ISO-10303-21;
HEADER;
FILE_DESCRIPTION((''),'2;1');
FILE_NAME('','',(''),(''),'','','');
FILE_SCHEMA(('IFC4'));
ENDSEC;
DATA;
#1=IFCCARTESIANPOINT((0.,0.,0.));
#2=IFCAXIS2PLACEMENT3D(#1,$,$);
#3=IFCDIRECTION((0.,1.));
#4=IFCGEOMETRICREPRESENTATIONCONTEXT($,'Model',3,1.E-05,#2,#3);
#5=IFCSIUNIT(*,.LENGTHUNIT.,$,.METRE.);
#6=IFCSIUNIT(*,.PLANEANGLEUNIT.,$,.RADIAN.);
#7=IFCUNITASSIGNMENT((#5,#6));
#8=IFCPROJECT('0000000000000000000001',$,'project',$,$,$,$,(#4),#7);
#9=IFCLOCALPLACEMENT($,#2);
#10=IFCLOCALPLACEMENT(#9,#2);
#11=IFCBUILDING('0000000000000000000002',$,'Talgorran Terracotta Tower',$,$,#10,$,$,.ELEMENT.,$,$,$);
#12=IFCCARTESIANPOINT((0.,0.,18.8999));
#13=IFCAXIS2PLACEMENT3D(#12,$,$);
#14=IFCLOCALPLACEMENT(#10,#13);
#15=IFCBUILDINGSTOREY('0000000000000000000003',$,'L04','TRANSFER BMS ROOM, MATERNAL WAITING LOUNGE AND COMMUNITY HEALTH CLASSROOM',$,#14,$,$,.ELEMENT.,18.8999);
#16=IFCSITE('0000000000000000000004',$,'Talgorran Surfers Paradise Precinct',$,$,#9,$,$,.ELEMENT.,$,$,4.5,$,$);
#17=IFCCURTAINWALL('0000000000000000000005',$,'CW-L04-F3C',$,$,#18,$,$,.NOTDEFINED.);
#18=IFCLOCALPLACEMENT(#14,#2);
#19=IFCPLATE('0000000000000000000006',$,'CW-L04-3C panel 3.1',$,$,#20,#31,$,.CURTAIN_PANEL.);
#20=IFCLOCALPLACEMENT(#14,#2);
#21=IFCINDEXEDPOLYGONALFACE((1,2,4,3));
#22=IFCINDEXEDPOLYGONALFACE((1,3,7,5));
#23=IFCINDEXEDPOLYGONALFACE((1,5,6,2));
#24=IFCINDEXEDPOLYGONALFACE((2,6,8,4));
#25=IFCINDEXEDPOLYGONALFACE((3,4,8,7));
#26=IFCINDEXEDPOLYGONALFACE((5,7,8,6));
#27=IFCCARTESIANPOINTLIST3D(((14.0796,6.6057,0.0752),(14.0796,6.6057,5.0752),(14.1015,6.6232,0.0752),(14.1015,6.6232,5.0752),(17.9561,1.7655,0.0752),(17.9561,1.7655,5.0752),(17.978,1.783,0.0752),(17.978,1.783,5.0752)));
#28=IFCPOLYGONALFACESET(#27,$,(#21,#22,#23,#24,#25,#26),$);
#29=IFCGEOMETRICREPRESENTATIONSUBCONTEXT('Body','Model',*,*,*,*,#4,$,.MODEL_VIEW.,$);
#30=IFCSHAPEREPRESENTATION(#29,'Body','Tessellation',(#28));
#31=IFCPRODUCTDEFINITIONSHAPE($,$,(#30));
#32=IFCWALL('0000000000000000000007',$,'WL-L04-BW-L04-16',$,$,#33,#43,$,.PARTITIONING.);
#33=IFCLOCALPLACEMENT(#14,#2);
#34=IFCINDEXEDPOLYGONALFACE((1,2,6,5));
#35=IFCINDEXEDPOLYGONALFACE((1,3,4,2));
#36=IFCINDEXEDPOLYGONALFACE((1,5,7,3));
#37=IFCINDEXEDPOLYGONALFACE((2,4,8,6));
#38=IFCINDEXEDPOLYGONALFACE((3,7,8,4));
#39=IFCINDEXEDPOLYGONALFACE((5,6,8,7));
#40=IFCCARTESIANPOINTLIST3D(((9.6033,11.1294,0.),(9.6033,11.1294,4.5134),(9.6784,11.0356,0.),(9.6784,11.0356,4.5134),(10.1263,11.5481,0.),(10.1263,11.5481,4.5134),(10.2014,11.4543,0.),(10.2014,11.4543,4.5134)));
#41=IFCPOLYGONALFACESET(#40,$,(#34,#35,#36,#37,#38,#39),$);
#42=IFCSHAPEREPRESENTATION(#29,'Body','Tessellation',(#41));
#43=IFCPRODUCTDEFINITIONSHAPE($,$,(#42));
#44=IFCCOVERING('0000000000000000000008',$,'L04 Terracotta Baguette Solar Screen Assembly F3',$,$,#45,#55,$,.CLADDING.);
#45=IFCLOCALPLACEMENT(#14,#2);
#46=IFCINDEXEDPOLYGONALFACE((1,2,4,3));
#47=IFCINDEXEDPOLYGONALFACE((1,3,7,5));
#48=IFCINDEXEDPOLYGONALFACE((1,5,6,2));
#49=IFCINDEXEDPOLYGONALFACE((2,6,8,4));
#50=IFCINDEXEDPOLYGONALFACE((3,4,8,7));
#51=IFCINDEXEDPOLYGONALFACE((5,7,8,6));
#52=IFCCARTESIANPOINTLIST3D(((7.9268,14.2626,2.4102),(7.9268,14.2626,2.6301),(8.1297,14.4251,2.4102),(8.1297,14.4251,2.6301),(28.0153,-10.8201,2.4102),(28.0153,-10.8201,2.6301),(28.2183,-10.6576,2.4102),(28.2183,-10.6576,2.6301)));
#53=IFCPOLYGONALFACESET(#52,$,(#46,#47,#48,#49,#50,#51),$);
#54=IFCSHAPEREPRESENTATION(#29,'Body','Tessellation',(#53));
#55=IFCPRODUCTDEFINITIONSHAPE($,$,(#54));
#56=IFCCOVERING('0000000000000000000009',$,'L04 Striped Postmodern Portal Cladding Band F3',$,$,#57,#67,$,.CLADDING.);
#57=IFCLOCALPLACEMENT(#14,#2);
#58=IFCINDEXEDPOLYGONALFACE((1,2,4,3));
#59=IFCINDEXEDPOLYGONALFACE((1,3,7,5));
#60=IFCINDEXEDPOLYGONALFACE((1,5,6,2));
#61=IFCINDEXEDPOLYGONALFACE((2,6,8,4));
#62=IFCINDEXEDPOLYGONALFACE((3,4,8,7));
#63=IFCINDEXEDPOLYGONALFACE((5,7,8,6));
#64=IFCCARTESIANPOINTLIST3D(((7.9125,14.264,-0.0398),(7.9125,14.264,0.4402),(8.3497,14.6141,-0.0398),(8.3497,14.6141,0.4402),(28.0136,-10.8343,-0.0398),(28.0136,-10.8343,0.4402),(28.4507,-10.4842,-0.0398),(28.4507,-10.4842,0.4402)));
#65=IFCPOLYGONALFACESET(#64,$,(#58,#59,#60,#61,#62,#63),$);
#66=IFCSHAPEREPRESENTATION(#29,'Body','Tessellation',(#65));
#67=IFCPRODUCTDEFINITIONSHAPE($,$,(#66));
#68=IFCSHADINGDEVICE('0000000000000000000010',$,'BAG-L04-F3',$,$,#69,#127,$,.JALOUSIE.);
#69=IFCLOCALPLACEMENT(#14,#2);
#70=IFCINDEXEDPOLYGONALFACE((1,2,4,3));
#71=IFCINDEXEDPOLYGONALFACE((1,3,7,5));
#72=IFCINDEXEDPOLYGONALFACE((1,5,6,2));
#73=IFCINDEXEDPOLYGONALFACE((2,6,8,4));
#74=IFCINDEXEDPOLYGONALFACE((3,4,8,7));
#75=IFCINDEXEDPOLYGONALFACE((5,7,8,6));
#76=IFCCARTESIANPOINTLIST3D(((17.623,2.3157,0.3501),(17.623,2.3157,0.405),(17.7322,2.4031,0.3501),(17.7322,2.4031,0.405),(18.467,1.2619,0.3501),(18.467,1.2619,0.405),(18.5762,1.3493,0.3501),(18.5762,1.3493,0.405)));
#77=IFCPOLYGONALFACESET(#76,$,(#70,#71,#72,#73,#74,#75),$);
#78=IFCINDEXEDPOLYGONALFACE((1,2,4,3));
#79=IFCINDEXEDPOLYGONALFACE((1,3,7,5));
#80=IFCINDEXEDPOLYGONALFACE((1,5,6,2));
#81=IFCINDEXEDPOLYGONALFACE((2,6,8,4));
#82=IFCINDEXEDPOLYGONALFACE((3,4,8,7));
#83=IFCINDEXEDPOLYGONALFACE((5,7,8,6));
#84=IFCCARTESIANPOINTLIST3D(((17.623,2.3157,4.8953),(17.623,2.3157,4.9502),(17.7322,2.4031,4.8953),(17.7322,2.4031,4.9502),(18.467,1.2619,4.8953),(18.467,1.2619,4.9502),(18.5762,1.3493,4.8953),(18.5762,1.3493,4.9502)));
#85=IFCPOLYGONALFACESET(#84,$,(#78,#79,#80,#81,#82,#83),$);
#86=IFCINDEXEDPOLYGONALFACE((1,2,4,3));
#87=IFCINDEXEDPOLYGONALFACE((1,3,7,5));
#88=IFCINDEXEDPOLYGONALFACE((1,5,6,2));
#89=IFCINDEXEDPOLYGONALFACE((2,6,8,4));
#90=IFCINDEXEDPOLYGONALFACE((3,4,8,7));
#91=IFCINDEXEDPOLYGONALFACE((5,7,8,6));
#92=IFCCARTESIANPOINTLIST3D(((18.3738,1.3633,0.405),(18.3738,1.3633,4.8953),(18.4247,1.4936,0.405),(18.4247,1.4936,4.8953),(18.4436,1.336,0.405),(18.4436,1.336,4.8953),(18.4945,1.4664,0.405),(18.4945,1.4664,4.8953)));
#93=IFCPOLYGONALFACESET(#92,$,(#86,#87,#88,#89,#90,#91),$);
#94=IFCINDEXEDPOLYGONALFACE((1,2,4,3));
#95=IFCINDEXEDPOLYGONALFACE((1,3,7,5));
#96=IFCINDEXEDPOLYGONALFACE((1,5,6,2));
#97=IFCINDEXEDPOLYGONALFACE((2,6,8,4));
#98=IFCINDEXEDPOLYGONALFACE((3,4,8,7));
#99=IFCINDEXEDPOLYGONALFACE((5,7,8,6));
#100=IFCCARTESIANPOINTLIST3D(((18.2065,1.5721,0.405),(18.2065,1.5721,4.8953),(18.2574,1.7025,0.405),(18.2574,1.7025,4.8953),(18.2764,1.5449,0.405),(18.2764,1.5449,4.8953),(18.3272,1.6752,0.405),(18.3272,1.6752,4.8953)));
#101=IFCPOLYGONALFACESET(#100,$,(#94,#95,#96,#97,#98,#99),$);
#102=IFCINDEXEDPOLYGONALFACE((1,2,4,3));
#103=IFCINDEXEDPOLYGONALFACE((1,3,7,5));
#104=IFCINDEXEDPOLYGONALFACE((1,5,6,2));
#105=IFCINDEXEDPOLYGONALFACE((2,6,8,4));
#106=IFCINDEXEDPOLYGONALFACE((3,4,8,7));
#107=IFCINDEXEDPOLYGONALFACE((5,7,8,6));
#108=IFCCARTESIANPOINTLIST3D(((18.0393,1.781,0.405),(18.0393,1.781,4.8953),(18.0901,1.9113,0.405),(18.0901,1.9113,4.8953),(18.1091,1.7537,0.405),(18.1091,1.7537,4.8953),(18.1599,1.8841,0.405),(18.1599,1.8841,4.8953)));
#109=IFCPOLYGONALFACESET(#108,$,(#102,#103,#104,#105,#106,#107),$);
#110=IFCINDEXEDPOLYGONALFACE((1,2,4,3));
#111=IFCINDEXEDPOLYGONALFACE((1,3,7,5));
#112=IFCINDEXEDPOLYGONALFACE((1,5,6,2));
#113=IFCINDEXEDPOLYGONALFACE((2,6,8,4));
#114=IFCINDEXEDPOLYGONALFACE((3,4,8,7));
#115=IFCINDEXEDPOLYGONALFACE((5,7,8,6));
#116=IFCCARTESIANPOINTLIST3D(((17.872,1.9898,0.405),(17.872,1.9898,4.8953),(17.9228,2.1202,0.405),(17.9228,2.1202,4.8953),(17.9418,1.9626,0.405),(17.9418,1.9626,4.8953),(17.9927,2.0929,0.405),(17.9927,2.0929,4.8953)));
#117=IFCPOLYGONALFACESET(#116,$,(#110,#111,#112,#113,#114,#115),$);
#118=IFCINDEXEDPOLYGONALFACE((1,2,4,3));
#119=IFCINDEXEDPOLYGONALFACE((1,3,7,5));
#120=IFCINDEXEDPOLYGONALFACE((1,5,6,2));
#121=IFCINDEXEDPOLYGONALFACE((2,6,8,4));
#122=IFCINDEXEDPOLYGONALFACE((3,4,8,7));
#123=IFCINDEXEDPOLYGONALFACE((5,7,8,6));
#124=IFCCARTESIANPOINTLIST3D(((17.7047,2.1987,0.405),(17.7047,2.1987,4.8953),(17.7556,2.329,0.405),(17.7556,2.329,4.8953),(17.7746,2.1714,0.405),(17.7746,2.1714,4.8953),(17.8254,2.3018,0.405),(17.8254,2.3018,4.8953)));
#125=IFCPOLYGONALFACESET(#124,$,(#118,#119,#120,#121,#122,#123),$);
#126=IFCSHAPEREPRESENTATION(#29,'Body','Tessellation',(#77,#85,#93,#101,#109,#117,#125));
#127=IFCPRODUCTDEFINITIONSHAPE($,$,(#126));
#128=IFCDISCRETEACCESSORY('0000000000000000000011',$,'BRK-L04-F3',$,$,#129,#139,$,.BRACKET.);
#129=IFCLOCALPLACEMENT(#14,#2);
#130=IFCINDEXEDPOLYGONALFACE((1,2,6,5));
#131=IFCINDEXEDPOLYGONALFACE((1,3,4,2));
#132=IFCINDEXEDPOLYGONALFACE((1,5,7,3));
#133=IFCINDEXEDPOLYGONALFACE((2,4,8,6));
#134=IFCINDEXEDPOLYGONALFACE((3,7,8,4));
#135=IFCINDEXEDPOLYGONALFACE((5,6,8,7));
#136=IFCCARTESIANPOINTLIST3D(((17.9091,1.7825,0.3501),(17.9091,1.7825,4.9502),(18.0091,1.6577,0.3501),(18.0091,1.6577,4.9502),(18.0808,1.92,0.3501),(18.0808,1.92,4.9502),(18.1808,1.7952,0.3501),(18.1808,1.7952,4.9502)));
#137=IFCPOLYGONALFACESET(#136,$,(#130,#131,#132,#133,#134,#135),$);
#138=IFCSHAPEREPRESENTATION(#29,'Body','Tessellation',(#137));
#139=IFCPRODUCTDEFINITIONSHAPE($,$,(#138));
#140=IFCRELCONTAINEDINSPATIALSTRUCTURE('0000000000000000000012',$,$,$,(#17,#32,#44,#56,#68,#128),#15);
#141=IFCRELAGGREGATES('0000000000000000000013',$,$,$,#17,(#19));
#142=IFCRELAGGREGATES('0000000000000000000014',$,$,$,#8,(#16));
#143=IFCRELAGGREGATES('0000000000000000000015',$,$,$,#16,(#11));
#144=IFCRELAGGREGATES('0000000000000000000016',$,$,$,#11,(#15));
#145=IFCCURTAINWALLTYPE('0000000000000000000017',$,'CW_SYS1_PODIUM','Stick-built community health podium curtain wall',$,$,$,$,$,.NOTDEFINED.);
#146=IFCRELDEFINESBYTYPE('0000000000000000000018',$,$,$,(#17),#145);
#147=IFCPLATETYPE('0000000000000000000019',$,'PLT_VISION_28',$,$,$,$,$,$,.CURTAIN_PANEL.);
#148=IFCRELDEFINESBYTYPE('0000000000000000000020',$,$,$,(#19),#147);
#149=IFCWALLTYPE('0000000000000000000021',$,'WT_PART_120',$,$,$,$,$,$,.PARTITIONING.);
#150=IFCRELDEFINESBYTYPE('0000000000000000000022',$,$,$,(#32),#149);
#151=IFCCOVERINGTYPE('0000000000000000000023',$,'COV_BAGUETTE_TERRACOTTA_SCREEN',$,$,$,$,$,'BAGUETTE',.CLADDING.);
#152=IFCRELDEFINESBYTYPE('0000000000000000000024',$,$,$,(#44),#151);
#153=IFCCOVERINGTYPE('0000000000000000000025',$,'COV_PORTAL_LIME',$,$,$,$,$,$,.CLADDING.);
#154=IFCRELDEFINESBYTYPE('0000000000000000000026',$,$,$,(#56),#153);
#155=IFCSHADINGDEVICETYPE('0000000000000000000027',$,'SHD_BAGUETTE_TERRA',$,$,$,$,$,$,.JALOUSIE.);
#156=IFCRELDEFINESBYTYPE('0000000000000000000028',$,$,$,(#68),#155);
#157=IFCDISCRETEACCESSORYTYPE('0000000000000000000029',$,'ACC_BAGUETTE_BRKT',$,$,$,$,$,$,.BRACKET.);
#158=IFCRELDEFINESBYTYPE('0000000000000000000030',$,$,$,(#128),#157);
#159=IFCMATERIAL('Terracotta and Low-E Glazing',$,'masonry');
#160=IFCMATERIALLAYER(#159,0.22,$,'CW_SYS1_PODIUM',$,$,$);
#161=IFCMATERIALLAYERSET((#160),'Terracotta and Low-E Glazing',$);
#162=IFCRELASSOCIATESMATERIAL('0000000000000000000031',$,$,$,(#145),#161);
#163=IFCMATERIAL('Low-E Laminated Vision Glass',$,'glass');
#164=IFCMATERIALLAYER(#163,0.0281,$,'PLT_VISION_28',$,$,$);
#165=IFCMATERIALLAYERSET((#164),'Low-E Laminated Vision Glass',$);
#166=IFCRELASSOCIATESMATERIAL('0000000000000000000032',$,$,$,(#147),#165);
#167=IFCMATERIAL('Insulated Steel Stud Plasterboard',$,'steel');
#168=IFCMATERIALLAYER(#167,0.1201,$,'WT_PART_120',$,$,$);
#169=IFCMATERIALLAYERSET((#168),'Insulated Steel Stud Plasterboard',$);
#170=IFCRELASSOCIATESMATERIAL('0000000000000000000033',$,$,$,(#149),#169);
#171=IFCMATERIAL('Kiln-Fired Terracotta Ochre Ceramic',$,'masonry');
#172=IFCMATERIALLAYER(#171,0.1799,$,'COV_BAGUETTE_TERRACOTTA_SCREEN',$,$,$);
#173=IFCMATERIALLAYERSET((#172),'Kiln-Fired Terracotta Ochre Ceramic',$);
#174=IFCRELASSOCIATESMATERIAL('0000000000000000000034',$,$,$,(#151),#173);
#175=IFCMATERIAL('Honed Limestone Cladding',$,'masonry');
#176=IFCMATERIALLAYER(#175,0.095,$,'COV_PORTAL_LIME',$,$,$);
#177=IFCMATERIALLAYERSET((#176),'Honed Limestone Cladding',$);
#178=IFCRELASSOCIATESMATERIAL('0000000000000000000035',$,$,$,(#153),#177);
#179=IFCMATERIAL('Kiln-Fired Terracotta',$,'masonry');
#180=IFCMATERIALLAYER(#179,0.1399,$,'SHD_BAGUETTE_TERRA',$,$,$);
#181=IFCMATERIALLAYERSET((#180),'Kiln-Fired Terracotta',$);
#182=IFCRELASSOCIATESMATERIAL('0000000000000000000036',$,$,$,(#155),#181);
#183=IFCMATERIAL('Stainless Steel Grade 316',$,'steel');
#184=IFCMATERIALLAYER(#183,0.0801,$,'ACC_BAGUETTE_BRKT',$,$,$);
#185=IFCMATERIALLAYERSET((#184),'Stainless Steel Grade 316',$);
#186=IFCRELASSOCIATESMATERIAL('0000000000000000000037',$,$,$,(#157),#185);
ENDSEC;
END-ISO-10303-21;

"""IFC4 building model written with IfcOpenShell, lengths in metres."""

from ifc_helpers import new_model, si_unit, direction, frame, frame_2d, origin, origin_2d, place, context, subcontext, project, spatial, rectangle, extrude, source, transform, mapped, material, layer, layer_set, type_object, type_shapes, element, aggregate, save


model = new_model("IFC4")

# Units and contexts
model_context = context("Model", 3, precision=1e-05, world=origin(), true_north=direction((0.0, 1.0)))
body_context = subcontext(model_context, "Body", "Model", "MODEL_VIEW")
ifc_project = project(units=[si_unit("LENGTHUNIT", "METRE"), si_unit("PLANEANGLEUNIT", "RADIAN")], contexts=[model_context])

# Site, building, storey
site_placement = place(None, origin())
site = spatial("IfcSite", under=ifc_project, at=site_placement, Name="Talgorran Surfers Paradise Precinct", CompositionType="ELEMENT", RefElevation=4.5)
building_placement = place(site_placement, origin())
building = spatial("IfcBuilding", under=site, at=building_placement, Name="Talgorran Terracotta Tower", CompositionType="ELEMENT")
storey_placement = place(building_placement, frame((0.0, 0.0, 18.8999)))
storey = spatial("IfcBuildingStorey", under=building, at=storey_placement, Name="L04", Description="TRANSFER BMS ROOM, MATERNAL WAITING LOUNGE AND COMMUNITY HEALTH CLASSROOM", CompositionType="ELEMENT", Elevation=18.8999)

# Curtain wall
ifc_material_1 = material(Name="Terracotta and Low-E Glazing", Category="masonry")
ifc_layer_1 = layer(ifc_material_1, 0.22, Name="CW_SYS1_PODIUM")
ifc_layer_set_1 = layer_set([ifc_layer_1], Name="Terracotta and Low-E Glazing")
curtain_wall_type = type_object("IfcCurtainWallType", Name="CW_SYS1_PODIUM", Description="Stick-built community health podium curtain wall", PredefinedType="NOTDEFINED", material=ifc_layer_set_1)
curtain_wall_1_placement = place(storey_placement, origin())
curtain_wall_1 = element("IfcCurtainWall", 1, at=curtain_wall_1_placement, inside=storey, type_object=curtain_wall_type, Name="CW-L04-F3C", PredefinedType="NOTDEFINED")

# Plate
ifc_material_2 = material(Name="Low-E Laminated Vision Glass", Category="glass")
ifc_layer_2 = layer(ifc_material_2, 0.0281, Name="PLT_VISION_28")
ifc_layer_set_2 = layer_set([ifc_layer_2], Name="Low-E Laminated Vision Glass")
plate_type_1 = type_object("IfcPlateType", Name="PLT_VISION_28", PredefinedType="CURTAIN_PANEL", material=ifc_layer_set_2)
shared_shape_1 = source(origin(), body_context, "Body", "SweptSolid", [
    extrude(rectangle(XDim=6.2012, YDim=0.0281, at=origin_2d()), origin(), (0.0, 0.0, 1.0), 5.0),
])
plate_1_placement = place(storey_placement, frame((16.0288, 4.1943, 0.0752), z_axis=(0.0, 0.0, 1.0), x_axis=(-0.625115, 0.780533, 0.0)))
plate_1 = element("IfcPlate", 2, at=plate_1_placement, type_object=plate_type_1, Name="CW-L04-3C panel 3.1", PredefinedType="CURTAIN_PANEL", context=body_context, shape_type="MappedRepresentation", body=[
    mapped(shared_shape_1, transform((0.0, 0.0, 0.0), scale=1.0)),
])
aggregate(curtain_wall_1, [plate_1])

# Wall
ifc_material_3 = material(Name="Insulated Steel Stud Plasterboard", Category="steel")
ifc_layer_3 = layer(ifc_material_3, 0.1201, Name="WT_PART_120")
ifc_layer_set_3 = layer_set([ifc_layer_3], Name="Insulated Steel Stud Plasterboard")
wall_type = type_object("IfcWallType", Name="WT_PART_120", PredefinedType="PARTITIONING", material=ifc_layer_set_3)
wall_placement = place(storey_placement, frame((10.1638, 11.5012, 0.0), z_axis=(0.0, 0.0, 1.0), x_axis=(-0.78062, -0.625006, 0.0)))
element("IfcWall", 3, at=wall_placement, inside=storey, type_object=wall_type, Name="WL-L04-BW-L04-16", PredefinedType="PARTITIONING", context=body_context, shape_type="SweptSolid", body=[
    extrude(rectangle(XDim=0.6699, YDim=0.1201, at=frame_2d((0.335, 0.0))), origin(), (0.0, 0.0, 1.0), 4.5134),
])

# Coverings
ifc_material_4 = material(Name="Kiln-Fired Terracotta Ochre Ceramic", Category="masonry")
ifc_layer_4 = layer(ifc_material_4, 0.1799, Name="COV_BAGUETTE_TERRACOTTA_SCREEN")
ifc_layer_set_4 = layer_set([ifc_layer_4], Name="Kiln-Fired Terracotta Ochre Ceramic")
covering_type_1 = type_object("IfcCoveringType", Name="COV_BAGUETTE_TERRACOTTA_SCREEN", ElementType="BAGUETTE", PredefinedType="CLADDING", material=ifc_layer_set_4)
covering_1_placement = place(storey_placement, frame((18.0725, 1.8025, 2.4102), z_axis=(0.0, 0.0, 1.0), x_axis=(-0.62512, 0.780529, 0.0)))
element("IfcCovering", 4, at=covering_1_placement, inside=storey, type_object=covering_type_1, Name="L04 Terracotta Baguette Solar Screen Assembly F3", PredefinedType="CLADDING", context=body_context, shape_type="SweptSolid", body=[
    extrude(rectangle(XDim=32.1355, YDim=0.26, at=origin_2d()), origin(), (0.0, 0.0, 1.0), 0.22),
])
ifc_material_5 = material(Name="Honed Limestone Cladding", Category="masonry")
ifc_layer_5 = layer(ifc_material_5, 0.095, Name="COV_PORTAL_LIME")
ifc_layer_set_5 = layer_set([ifc_layer_5], Name="Honed Limestone Cladding")
covering_type_2 = type_object("IfcCoveringType", Name="COV_PORTAL_LIME", PredefinedType="CLADDING", material=ifc_layer_set_5)
covering_2_placement = place(storey_placement, frame((18.1816, 1.8899, -0.0398), z_axis=(0.0, 0.0, 1.0), x_axis=(-0.62512, 0.780529, 0.0)))
element("IfcCovering", 5, at=covering_2_placement, inside=storey, type_object=covering_type_2, Name="L04 Striped Postmodern Portal Cladding Band F3", PredefinedType="CLADDING", context=body_context, shape_type="SweptSolid", body=[
    extrude(rectangle(XDim=32.1555, YDim=0.5601, at=origin_2d()), origin(), (0.0, 0.0, 1.0), 0.48),
])

# Shading device
ifc_material_6 = material(Name="Kiln-Fired Terracotta", Category="masonry")
ifc_layer_6 = layer(ifc_material_6, 0.1399, Name="SHD_BAGUETTE_TERRA")
ifc_layer_set_6 = layer_set([ifc_layer_6], Name="Kiln-Fired Terracotta")
shading_device_type = type_object("IfcShadingDeviceType", Name="SHD_BAGUETTE_TERRA", PredefinedType="JALOUSIE", material=ifc_layer_set_6)
shared_shape_2 = source(origin(), body_context, "Body", "SweptSolid", [
    extrude(rectangle(XDim=1.3501, YDim=0.1399, at=origin_2d()), origin(), (0.0, 0.0, 1.0), 0.0549),
    extrude(rectangle(XDim=1.3501, YDim=0.1399, at=origin_2d()), frame((0.0, 0.0, 4.5452)), (0.0, 0.0, 1.0), 0.0549),
    extrude(rectangle(XDim=0.075, YDim=0.1399, at=origin_2d()), frame((-0.5352, 0.0, 0.0549), z_axis=(0.0, 0.0, 1.0), x_axis=(0.866025, 0.5, 0.0)), (0.0, 0.0, 1.0), 4.4902),
    extrude(rectangle(XDim=0.075, YDim=0.1399, at=origin_2d()), frame((-0.2676, 0.0, 0.0549), z_axis=(0.0, 0.0, 1.0), x_axis=(0.866025, 0.5, 0.0)), (0.0, 0.0, 1.0), 4.4902),
    extrude(rectangle(XDim=0.075, YDim=0.1399, at=origin_2d()), frame((0.0, 0.0, 0.0549), z_axis=(0.0, 0.0, 1.0), x_axis=(0.866025, 0.5, 0.0)), (0.0, 0.0, 1.0), 4.4902),
    extrude(rectangle(XDim=0.075, YDim=0.1399, at=origin_2d()), frame((0.2676, 0.0, 0.0549), z_axis=(0.0, 0.0, 1.0), x_axis=(0.866025, 0.5, 0.0)), (0.0, 0.0, 1.0), 4.4902),
    extrude(rectangle(XDim=0.075, YDim=0.1399, at=origin_2d()), frame((0.5352, 0.0, 0.0549), z_axis=(0.0, 0.0, 1.0), x_axis=(0.866025, 0.5, 0.0)), (0.0, 0.0, 1.0), 4.4902),
])
type_shapes(shading_device_type, [shared_shape_2])
shading_device_placement = place(storey_placement, frame((18.0996, 1.8325, 0.3501), z_axis=(0.0, 0.0, 1.0), x_axis=(-0.62512, 0.780529, 0.0)))
element("IfcShadingDevice", 6, at=shading_device_placement, inside=storey, type_object=shading_device_type, Name="BAG-L04-F3", PredefinedType="JALOUSIE", context=body_context, shape_type="MappedRepresentation", body=[
    mapped(shared_shape_2, transform((0.0, 0.0, 0.0), scale=1.0)),
])

# Discrete accessory
ifc_material_7 = material(Name="Stainless Steel Grade 316", Category="steel")
ifc_layer_7 = layer(ifc_material_7, 0.0801, Name="ACC_BAGUETTE_BRKT")
ifc_layer_set_7 = layer_set([ifc_layer_7], Name="Stainless Steel Grade 316")
discrete_accessory_type = type_object("IfcDiscreteAccessoryType", Name="ACC_BAGUETTE_BRKT", PredefinedType="BRACKET", material=ifc_layer_set_7)
shared_shape_3 = source(origin(), body_context, "Body", "SweptSolid", [
    extrude(rectangle(XDim=0.1599, YDim=0.22, at=origin_2d()), origin(), (0.0, 0.0, 1.0), 4.6001),
])
type_shapes(discrete_accessory_type, [shared_shape_3])
discrete_accessory_placement = place(storey_placement, frame((18.0449, 1.7888, 0.3501), z_axis=(0.0, 0.0, 1.0), x_axis=(-0.62512, 0.780529, 0.0)))
element("IfcDiscreteAccessory", 7, at=discrete_accessory_placement, inside=storey, type_object=discrete_accessory_type, Name="BRK-L04-F3", PredefinedType="BRACKET", context=body_context, shape_type="MappedRepresentation", body=[
    mapped(shared_shape_3, transform((0.0, 0.0, 0.0), scale=1.0)),
])

save(model, "model.ifc")
